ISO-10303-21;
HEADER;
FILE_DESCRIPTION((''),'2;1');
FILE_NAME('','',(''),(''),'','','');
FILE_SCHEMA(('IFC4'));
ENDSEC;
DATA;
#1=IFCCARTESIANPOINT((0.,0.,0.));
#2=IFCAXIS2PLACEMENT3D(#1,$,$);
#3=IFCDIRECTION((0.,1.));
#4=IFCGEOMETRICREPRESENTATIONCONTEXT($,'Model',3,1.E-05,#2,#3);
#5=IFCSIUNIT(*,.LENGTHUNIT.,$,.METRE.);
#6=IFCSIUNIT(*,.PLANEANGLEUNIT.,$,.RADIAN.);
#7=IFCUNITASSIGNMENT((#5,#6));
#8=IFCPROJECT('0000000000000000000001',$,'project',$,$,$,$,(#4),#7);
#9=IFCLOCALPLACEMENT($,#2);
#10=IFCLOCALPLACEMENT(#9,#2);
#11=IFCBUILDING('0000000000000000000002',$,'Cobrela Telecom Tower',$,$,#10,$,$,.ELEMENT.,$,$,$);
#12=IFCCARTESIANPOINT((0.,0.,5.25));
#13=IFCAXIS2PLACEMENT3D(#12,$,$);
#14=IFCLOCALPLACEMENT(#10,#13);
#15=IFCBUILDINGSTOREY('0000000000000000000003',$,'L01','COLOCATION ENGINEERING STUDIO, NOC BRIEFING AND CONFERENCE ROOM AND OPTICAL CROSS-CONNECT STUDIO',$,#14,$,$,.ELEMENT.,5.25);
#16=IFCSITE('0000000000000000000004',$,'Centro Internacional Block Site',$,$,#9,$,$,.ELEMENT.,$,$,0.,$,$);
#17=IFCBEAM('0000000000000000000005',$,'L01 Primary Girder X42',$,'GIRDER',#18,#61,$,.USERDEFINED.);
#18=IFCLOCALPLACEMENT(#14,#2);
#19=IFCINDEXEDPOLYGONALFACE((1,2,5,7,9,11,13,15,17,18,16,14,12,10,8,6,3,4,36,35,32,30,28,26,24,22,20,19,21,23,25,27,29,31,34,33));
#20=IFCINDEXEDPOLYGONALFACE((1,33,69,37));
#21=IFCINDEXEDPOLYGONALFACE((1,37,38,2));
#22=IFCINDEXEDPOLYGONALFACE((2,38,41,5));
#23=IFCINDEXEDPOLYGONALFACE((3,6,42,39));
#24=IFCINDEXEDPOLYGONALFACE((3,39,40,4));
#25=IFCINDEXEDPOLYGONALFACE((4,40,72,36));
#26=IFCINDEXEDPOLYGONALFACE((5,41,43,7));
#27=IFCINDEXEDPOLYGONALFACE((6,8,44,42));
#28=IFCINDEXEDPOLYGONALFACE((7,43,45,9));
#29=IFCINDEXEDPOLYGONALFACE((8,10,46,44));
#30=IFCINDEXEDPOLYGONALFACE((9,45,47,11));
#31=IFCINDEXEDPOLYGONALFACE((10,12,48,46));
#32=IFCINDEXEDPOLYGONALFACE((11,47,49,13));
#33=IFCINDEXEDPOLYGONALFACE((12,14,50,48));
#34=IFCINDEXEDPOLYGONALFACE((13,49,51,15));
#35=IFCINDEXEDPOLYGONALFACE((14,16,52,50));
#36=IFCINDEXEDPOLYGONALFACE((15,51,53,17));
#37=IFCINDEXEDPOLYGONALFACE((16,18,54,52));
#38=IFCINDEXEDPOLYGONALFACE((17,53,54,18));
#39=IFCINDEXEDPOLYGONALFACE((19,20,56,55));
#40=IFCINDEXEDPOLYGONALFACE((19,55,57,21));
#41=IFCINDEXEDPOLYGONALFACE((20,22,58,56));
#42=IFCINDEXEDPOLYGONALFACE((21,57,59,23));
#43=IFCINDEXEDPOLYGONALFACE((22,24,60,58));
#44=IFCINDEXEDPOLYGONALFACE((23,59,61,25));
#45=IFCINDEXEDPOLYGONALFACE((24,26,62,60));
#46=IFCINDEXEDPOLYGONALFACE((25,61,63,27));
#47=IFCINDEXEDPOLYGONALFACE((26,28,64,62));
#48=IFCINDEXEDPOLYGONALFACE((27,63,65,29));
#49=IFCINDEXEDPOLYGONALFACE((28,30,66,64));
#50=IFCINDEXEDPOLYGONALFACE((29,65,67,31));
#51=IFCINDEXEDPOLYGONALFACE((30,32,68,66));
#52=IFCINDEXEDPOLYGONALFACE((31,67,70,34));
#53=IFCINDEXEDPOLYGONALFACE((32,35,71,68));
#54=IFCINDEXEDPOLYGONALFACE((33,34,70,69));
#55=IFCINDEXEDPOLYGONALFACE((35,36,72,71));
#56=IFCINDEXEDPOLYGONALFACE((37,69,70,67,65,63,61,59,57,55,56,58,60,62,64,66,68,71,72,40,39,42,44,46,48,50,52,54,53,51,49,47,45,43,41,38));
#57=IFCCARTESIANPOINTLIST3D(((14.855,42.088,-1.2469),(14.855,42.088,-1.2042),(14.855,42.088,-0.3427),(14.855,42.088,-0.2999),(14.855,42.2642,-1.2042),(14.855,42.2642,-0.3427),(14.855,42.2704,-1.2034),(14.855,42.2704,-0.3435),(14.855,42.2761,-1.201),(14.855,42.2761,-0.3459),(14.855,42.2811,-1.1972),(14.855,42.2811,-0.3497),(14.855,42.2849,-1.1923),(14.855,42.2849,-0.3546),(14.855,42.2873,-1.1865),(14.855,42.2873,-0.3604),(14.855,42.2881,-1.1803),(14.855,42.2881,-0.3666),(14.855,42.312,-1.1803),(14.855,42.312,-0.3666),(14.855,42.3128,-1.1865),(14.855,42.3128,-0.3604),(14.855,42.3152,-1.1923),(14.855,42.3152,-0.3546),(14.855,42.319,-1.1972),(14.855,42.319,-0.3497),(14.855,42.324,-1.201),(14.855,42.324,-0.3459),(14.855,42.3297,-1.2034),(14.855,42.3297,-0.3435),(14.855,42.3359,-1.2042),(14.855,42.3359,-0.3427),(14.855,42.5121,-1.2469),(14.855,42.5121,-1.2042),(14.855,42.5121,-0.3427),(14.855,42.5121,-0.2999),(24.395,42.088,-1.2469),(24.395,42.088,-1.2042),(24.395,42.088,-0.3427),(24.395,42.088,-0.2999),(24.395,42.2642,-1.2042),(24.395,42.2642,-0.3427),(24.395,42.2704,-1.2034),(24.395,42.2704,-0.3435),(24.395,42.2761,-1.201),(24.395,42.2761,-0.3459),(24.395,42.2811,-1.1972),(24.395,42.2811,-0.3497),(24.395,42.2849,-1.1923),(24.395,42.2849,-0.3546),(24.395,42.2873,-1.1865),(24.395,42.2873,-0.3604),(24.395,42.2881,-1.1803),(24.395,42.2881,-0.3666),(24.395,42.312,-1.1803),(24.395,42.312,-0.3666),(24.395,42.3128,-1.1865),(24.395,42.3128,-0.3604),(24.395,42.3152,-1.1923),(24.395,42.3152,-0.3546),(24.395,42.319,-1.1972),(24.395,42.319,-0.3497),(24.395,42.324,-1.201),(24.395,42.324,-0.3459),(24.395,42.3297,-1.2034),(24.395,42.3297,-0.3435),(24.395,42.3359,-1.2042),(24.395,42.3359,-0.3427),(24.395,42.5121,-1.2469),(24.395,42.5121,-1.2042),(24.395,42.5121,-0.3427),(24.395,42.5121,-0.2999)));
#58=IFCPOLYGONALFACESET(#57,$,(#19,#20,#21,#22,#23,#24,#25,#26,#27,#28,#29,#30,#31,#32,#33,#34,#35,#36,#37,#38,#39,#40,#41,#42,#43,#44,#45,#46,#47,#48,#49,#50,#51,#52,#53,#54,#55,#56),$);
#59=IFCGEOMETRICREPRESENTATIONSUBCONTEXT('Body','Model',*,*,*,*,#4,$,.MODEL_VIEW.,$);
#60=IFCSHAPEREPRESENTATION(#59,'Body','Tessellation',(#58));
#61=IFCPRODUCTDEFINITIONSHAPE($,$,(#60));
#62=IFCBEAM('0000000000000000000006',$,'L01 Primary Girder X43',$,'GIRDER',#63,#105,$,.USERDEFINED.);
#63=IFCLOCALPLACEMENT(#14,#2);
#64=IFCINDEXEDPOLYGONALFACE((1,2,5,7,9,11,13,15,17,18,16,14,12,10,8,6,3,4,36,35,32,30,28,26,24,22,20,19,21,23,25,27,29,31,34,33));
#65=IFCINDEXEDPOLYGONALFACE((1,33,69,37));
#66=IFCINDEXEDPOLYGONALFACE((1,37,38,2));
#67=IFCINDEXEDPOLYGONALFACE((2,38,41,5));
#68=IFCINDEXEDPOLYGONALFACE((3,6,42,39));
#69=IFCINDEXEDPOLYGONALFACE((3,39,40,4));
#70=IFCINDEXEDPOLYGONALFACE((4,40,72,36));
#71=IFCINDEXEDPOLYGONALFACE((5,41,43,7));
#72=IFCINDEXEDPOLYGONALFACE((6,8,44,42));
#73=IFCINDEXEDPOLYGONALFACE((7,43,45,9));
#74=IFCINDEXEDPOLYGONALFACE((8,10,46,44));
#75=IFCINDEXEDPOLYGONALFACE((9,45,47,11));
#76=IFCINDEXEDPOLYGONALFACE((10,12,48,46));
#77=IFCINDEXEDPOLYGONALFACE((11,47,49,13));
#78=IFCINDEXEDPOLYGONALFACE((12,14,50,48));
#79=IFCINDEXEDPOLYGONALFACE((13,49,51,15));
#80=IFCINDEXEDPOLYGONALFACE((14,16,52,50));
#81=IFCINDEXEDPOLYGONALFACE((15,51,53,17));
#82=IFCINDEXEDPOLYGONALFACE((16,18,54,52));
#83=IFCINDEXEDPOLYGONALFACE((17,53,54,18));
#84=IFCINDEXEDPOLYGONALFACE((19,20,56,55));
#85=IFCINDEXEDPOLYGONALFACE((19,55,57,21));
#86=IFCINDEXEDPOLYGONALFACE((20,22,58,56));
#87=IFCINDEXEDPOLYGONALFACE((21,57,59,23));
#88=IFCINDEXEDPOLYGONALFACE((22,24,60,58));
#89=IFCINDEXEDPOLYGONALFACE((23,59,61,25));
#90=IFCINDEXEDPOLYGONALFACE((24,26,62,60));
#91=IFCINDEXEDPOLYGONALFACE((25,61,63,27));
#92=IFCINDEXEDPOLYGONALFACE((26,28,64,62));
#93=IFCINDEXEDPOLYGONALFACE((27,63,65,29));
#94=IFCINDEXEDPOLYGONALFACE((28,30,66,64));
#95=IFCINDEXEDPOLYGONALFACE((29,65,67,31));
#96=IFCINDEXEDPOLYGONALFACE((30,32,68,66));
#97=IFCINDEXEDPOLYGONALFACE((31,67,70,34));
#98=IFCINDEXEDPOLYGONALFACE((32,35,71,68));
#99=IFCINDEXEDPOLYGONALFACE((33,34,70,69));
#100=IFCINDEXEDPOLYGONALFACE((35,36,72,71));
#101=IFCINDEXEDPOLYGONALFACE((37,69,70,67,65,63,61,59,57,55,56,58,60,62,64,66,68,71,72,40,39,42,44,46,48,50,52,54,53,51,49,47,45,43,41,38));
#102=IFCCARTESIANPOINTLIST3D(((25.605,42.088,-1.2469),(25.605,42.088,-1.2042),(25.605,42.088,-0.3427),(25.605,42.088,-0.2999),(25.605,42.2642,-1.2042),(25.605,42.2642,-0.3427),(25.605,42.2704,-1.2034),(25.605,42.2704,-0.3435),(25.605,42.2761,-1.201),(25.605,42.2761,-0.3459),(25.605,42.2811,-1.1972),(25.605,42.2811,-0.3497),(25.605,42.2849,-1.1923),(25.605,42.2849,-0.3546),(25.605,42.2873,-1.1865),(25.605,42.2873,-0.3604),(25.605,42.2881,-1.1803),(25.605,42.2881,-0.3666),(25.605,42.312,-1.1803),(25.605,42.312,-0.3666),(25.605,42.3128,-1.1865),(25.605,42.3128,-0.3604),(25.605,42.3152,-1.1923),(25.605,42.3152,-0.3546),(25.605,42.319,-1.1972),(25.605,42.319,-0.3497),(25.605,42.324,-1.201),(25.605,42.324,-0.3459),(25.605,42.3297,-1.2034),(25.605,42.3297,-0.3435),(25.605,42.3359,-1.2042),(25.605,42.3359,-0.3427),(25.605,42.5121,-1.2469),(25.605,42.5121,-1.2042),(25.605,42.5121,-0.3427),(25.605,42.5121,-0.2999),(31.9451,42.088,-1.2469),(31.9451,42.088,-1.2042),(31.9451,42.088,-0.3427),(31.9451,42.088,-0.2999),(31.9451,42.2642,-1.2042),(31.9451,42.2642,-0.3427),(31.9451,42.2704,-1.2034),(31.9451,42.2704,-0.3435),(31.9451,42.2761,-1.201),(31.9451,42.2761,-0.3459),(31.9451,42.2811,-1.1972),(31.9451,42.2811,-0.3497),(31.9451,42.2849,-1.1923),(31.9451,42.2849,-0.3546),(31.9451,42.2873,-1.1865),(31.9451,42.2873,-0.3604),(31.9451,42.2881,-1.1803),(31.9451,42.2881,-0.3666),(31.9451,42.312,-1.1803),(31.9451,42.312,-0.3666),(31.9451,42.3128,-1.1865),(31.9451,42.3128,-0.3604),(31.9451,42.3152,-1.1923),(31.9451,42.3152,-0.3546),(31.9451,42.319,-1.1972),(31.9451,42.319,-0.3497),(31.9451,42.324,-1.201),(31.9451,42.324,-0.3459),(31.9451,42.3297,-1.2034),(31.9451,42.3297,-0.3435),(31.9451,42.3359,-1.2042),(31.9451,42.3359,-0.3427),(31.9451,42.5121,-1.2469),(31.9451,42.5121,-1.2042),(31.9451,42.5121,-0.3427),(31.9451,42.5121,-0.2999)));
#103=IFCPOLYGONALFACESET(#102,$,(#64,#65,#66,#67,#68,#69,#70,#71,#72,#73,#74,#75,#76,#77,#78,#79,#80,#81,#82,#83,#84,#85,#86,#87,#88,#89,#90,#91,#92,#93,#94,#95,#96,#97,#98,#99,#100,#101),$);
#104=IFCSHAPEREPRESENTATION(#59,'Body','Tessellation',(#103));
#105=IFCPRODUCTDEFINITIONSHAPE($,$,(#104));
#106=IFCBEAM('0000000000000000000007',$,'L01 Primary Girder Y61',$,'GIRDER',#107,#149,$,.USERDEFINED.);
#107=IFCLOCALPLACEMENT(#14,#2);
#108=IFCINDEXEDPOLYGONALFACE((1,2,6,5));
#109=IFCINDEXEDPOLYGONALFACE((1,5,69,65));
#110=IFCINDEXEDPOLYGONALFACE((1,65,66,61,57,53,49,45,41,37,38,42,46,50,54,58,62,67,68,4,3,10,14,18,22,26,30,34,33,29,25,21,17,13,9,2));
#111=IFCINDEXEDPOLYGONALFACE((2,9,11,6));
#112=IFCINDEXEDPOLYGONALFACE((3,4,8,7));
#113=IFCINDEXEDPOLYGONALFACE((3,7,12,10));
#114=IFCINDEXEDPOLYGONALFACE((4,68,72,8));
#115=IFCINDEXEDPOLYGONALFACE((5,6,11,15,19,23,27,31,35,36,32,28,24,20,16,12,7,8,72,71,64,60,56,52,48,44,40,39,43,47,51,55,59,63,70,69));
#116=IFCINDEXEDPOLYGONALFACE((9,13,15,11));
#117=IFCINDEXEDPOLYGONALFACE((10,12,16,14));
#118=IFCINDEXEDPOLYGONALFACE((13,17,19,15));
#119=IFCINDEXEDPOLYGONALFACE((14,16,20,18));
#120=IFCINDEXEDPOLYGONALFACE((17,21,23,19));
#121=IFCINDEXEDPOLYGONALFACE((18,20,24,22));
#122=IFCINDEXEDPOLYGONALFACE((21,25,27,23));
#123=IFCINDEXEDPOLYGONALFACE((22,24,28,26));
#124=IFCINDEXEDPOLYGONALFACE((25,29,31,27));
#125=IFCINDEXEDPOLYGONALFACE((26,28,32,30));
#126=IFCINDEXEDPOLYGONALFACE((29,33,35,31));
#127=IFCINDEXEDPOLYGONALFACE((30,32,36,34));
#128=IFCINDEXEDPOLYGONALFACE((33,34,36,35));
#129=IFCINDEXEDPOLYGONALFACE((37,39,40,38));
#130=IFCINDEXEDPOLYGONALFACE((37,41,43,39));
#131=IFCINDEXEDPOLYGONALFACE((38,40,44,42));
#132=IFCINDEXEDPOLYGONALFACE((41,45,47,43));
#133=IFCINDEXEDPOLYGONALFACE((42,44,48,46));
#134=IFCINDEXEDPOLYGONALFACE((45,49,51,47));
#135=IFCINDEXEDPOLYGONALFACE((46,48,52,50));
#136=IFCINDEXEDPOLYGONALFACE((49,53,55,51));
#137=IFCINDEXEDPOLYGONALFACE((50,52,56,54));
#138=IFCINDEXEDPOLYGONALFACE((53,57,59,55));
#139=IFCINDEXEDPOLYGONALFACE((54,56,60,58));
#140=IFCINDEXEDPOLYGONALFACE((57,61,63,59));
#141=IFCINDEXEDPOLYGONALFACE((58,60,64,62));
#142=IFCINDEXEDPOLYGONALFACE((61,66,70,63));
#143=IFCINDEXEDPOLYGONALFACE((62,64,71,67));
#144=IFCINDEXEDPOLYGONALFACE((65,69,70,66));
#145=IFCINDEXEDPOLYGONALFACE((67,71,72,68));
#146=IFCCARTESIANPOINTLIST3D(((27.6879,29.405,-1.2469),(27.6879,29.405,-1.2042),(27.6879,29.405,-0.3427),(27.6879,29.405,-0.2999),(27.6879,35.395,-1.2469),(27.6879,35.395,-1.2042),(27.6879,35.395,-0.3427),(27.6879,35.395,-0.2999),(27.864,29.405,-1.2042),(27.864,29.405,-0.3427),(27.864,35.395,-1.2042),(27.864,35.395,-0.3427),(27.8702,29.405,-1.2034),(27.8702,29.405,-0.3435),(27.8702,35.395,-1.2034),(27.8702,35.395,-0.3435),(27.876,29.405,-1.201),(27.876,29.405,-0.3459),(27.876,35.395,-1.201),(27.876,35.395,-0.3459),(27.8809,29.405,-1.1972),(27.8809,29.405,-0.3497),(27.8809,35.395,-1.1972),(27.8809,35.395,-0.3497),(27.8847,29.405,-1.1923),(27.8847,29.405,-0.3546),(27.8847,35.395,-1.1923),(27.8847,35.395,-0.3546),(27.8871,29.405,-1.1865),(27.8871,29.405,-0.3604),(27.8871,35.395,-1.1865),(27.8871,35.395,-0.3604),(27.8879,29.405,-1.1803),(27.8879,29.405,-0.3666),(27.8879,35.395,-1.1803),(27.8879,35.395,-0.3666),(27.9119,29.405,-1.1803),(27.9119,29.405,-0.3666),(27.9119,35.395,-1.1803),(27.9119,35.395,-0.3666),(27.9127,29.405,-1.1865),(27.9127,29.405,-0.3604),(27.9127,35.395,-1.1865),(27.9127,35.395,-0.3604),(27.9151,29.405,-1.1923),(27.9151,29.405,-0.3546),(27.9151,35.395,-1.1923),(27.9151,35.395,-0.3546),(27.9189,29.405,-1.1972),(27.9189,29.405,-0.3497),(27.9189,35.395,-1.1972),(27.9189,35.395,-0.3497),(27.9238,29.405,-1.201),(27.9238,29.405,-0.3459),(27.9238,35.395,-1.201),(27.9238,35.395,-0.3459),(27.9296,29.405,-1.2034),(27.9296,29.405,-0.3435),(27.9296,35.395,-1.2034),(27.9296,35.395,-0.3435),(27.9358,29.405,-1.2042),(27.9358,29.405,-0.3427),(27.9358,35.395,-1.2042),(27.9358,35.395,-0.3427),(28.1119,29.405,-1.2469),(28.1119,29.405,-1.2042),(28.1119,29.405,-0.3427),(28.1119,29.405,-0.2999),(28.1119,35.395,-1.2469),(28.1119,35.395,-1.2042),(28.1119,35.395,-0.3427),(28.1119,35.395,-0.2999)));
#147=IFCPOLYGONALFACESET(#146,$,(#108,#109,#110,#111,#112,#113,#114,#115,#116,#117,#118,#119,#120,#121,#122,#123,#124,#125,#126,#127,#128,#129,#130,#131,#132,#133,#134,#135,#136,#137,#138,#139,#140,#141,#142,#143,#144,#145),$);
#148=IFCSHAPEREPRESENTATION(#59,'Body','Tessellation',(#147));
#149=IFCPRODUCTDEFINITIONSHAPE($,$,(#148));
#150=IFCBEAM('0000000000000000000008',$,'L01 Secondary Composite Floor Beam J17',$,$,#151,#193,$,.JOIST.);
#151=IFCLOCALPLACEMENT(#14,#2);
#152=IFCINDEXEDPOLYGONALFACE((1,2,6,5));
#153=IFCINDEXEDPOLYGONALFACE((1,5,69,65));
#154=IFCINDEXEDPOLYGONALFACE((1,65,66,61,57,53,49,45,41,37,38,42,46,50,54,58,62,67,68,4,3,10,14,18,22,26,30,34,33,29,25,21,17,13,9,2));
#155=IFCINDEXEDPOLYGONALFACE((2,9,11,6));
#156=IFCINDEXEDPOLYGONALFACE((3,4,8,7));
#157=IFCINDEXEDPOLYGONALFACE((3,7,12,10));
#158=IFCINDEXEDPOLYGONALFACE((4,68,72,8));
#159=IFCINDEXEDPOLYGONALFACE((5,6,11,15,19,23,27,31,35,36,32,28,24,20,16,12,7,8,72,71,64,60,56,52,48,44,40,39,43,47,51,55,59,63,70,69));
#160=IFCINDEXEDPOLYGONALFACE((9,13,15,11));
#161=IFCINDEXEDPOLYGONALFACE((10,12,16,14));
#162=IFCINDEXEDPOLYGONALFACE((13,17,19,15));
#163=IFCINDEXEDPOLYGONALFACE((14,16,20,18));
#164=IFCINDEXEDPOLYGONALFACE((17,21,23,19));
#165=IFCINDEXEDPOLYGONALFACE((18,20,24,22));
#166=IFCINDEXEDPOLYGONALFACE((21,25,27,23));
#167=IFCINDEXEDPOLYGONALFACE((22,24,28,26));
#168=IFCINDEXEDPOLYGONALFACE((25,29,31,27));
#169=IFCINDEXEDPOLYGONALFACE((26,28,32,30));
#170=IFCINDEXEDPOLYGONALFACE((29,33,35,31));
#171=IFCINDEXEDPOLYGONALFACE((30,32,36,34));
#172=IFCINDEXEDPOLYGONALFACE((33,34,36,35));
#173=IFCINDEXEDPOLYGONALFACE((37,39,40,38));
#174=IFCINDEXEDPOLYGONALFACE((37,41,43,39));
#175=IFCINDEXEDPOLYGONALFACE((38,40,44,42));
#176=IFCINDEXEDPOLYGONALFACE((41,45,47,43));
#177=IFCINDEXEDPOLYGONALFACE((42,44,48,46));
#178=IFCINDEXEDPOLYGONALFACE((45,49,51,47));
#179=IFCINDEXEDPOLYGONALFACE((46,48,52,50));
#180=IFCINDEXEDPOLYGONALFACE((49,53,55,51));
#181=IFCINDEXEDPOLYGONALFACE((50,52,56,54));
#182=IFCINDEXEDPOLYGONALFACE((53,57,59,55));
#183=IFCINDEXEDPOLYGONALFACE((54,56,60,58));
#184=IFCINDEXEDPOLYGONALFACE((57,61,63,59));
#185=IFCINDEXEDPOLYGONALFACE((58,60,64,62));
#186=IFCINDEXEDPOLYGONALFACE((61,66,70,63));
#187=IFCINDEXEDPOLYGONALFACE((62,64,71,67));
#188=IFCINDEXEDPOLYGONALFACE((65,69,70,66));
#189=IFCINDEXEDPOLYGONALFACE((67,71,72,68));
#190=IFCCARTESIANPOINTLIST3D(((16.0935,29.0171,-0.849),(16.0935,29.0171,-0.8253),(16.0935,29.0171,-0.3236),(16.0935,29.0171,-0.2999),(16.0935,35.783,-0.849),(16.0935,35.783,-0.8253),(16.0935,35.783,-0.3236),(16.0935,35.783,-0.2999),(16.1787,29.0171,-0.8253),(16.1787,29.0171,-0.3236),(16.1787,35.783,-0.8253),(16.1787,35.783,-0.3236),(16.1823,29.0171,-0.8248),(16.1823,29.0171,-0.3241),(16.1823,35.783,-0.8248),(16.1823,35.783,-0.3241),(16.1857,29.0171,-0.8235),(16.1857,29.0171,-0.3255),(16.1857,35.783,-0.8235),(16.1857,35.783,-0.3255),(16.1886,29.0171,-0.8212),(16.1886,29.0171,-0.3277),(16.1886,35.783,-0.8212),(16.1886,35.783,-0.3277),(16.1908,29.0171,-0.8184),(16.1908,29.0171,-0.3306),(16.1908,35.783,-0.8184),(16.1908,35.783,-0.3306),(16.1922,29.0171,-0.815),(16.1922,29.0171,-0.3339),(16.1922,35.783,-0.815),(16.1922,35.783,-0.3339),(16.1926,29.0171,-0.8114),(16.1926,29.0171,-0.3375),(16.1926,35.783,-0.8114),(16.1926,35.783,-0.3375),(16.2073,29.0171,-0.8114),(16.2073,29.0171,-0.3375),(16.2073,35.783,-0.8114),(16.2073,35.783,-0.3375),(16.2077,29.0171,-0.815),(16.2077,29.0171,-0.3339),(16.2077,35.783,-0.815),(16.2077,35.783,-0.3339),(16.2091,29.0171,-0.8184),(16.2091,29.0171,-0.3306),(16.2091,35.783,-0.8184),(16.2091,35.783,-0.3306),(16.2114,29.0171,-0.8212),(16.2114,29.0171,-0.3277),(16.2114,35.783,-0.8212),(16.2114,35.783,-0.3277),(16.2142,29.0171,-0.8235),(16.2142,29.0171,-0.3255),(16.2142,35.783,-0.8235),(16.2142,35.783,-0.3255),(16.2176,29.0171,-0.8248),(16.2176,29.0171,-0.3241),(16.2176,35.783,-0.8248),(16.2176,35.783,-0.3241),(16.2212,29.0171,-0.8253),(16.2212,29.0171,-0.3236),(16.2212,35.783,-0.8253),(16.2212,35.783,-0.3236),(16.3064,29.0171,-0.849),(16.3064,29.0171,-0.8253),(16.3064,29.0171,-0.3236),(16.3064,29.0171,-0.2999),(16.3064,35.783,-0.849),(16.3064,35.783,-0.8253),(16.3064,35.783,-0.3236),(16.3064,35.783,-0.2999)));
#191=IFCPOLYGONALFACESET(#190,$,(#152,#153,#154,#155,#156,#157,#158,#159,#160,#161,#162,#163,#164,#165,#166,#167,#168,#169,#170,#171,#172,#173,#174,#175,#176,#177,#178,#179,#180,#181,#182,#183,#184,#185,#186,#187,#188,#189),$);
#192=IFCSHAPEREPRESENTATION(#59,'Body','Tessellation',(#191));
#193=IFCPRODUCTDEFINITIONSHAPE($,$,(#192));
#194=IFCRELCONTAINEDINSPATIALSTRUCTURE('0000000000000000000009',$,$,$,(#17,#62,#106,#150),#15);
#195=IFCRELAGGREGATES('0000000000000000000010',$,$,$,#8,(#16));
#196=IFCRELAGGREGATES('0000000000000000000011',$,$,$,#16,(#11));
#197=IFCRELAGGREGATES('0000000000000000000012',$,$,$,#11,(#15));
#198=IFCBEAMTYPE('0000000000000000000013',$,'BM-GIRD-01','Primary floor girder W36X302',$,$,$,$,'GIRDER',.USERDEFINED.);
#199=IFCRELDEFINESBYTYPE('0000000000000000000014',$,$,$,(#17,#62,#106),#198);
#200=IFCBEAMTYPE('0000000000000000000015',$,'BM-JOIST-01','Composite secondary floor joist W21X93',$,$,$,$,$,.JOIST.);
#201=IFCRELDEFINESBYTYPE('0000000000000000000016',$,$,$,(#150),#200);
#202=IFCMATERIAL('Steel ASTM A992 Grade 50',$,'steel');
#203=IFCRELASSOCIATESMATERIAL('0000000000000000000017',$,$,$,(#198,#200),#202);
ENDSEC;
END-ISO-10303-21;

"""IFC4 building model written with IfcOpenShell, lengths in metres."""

from ifc_helpers import new_model, si_unit, direction, frame, origin, origin_2d, place, context, subcontext, project, spatial, i_section, extrude, material, material_profile, profile_set, type_object, element, save


model = new_model("IFC4")

# Units and contexts
model_context = context("Model", 3, precision=1e-05, world=origin(), true_north=direction((0.0, 1.0)))
body_context = subcontext(model_context, "Body", "Model", "MODEL_VIEW")
ifc_project = project(units=[si_unit("LENGTHUNIT", "METRE"), si_unit("PLANEANGLEUNIT", "RADIAN")], contexts=[model_context])

# Site, building, storey
site_placement = place(None, origin())
site = spatial("IfcSite", under=ifc_project, at=site_placement, Name="Centro Internacional Block Site", CompositionType="ELEMENT", RefElevation=0.0)
building_placement = place(site_placement, origin())
building = spatial("IfcBuilding", under=site, at=building_placement, Name="Cobrela Telecom Tower", CompositionType="ELEMENT")
storey_placement = place(building_placement, frame((0.0, 0.0, 5.25)))
storey = spatial("IfcBuildingStorey", under=building, at=storey_placement, Name="L01", Description="COLOCATION ENGINEERING STUDIO, NOC BRIEFING AND CONFERENCE ROOM AND OPTICAL CROSS-CONNECT STUDIO", CompositionType="ELEMENT", Elevation=5.25)

# Beams
ifc_material_1 = material(Name="Steel ASTM A992 Grade 50", Category="steel")
ifc_material_profile_1 = material_profile(ifc_material_1, i_section(OverallWidth=0.4241, OverallDepth=0.947, WebThickness=0.0239, FlangeThickness=0.0427, FilletRadius=0.0239, at=origin_2d()), Name="W36X302")
ifc_profile_set_1 = profile_set([ifc_material_profile_1], Name="Steel ASTM A992 Grade 50")
beam_type_1 = type_object("IfcBeamType", Name="BM-GIRD-01", Description="Primary floor girder W36X302", ElementType="GIRDER", PredefinedType="USERDEFINED", material=ifc_profile_set_1)
beam_1_placement = place(storey_placement, frame((14.855, 42.3, -0.7734), z_axis=(1.0, 0.0, 0.0), x_axis=(0.0, 1.0, 0.0)))
element("IfcBeam", 1, at=beam_1_placement, inside=storey, type_object=beam_type_1, Name="L01 Primary Girder X42", ObjectType="GIRDER", PredefinedType="USERDEFINED", context=body_context, shape_type="SweptSolid", body=[
    extrude(i_section(OverallWidth=0.4241, OverallDepth=0.947, WebThickness=0.0239, FlangeThickness=0.0427, FilletRadius=0.0239, at=origin_2d()), origin(), (0.0, 0.0, 1.0), 9.54),
])
beam_2_placement = place(storey_placement, frame((25.605, 42.3, -0.7734), z_axis=(1.0, 0.0, 0.0), x_axis=(0.0, 1.0, 0.0)))
element("IfcBeam", 2, at=beam_2_placement, inside=storey, type_object=beam_type_1, Name="L01 Primary Girder X43", ObjectType="GIRDER", PredefinedType="USERDEFINED", context=body_context, shape_type="SweptSolid", body=[
    extrude(i_section(OverallWidth=0.4241, OverallDepth=0.947, WebThickness=0.0239, FlangeThickness=0.0427, FilletRadius=0.0239, at=origin_2d()), origin(), (0.0, 0.0, 1.0), 6.3401),
])
beam_3_placement = place(storey_placement, frame((27.8999, 29.405, -0.7734), z_axis=(0.0, 1.0, 0.0), x_axis=(-1.0, 0.0, 0.0)))
element("IfcBeam", 3, at=beam_3_placement, inside=storey, type_object=beam_type_1, Name="L01 Primary Girder Y61", ObjectType="GIRDER", PredefinedType="USERDEFINED", context=body_context, shape_type="SweptSolid", body=[
    extrude(i_section(OverallWidth=0.4241, OverallDepth=0.947, WebThickness=0.0239, FlangeThickness=0.0427, FilletRadius=0.0239, at=origin_2d()), origin(), (0.0, 0.0, 1.0), 5.99),
])
ifc_material_profile_2 = material_profile(ifc_material_1, i_section(OverallWidth=0.2129, OverallDepth=0.5491, WebThickness=0.0146, FlangeThickness=0.0237, FilletRadius=0.0139, at=origin_2d()), Name="W21X93")
ifc_profile_set_2 = profile_set([ifc_material_profile_2], Name="Steel ASTM A992 Grade 50")
beam_type_2 = type_object("IfcBeamType", Name="BM-JOIST-01", Description="Composite secondary floor joist W21X93", PredefinedType="JOIST", material=ifc_profile_set_2)
beam_4_placement = place(storey_placement, frame((16.2, 29.0171, -0.5745), z_axis=(0.0, 1.0, 0.0), x_axis=(-1.0, 0.0, 0.0)))
element("IfcBeam", 4, at=beam_4_placement, inside=storey, type_object=beam_type_2, Name="L01 Secondary Composite Floor Beam J17", PredefinedType="JOIST", context=body_context, shape_type="SweptSolid", body=[
    extrude(i_section(OverallWidth=0.2129, OverallDepth=0.5491, WebThickness=0.0146, FlangeThickness=0.0237, FilletRadius=0.0139, at=origin_2d()), origin(), (0.0, 0.0, 1.0), 6.7659),
])

save(model, "model.ifc")
